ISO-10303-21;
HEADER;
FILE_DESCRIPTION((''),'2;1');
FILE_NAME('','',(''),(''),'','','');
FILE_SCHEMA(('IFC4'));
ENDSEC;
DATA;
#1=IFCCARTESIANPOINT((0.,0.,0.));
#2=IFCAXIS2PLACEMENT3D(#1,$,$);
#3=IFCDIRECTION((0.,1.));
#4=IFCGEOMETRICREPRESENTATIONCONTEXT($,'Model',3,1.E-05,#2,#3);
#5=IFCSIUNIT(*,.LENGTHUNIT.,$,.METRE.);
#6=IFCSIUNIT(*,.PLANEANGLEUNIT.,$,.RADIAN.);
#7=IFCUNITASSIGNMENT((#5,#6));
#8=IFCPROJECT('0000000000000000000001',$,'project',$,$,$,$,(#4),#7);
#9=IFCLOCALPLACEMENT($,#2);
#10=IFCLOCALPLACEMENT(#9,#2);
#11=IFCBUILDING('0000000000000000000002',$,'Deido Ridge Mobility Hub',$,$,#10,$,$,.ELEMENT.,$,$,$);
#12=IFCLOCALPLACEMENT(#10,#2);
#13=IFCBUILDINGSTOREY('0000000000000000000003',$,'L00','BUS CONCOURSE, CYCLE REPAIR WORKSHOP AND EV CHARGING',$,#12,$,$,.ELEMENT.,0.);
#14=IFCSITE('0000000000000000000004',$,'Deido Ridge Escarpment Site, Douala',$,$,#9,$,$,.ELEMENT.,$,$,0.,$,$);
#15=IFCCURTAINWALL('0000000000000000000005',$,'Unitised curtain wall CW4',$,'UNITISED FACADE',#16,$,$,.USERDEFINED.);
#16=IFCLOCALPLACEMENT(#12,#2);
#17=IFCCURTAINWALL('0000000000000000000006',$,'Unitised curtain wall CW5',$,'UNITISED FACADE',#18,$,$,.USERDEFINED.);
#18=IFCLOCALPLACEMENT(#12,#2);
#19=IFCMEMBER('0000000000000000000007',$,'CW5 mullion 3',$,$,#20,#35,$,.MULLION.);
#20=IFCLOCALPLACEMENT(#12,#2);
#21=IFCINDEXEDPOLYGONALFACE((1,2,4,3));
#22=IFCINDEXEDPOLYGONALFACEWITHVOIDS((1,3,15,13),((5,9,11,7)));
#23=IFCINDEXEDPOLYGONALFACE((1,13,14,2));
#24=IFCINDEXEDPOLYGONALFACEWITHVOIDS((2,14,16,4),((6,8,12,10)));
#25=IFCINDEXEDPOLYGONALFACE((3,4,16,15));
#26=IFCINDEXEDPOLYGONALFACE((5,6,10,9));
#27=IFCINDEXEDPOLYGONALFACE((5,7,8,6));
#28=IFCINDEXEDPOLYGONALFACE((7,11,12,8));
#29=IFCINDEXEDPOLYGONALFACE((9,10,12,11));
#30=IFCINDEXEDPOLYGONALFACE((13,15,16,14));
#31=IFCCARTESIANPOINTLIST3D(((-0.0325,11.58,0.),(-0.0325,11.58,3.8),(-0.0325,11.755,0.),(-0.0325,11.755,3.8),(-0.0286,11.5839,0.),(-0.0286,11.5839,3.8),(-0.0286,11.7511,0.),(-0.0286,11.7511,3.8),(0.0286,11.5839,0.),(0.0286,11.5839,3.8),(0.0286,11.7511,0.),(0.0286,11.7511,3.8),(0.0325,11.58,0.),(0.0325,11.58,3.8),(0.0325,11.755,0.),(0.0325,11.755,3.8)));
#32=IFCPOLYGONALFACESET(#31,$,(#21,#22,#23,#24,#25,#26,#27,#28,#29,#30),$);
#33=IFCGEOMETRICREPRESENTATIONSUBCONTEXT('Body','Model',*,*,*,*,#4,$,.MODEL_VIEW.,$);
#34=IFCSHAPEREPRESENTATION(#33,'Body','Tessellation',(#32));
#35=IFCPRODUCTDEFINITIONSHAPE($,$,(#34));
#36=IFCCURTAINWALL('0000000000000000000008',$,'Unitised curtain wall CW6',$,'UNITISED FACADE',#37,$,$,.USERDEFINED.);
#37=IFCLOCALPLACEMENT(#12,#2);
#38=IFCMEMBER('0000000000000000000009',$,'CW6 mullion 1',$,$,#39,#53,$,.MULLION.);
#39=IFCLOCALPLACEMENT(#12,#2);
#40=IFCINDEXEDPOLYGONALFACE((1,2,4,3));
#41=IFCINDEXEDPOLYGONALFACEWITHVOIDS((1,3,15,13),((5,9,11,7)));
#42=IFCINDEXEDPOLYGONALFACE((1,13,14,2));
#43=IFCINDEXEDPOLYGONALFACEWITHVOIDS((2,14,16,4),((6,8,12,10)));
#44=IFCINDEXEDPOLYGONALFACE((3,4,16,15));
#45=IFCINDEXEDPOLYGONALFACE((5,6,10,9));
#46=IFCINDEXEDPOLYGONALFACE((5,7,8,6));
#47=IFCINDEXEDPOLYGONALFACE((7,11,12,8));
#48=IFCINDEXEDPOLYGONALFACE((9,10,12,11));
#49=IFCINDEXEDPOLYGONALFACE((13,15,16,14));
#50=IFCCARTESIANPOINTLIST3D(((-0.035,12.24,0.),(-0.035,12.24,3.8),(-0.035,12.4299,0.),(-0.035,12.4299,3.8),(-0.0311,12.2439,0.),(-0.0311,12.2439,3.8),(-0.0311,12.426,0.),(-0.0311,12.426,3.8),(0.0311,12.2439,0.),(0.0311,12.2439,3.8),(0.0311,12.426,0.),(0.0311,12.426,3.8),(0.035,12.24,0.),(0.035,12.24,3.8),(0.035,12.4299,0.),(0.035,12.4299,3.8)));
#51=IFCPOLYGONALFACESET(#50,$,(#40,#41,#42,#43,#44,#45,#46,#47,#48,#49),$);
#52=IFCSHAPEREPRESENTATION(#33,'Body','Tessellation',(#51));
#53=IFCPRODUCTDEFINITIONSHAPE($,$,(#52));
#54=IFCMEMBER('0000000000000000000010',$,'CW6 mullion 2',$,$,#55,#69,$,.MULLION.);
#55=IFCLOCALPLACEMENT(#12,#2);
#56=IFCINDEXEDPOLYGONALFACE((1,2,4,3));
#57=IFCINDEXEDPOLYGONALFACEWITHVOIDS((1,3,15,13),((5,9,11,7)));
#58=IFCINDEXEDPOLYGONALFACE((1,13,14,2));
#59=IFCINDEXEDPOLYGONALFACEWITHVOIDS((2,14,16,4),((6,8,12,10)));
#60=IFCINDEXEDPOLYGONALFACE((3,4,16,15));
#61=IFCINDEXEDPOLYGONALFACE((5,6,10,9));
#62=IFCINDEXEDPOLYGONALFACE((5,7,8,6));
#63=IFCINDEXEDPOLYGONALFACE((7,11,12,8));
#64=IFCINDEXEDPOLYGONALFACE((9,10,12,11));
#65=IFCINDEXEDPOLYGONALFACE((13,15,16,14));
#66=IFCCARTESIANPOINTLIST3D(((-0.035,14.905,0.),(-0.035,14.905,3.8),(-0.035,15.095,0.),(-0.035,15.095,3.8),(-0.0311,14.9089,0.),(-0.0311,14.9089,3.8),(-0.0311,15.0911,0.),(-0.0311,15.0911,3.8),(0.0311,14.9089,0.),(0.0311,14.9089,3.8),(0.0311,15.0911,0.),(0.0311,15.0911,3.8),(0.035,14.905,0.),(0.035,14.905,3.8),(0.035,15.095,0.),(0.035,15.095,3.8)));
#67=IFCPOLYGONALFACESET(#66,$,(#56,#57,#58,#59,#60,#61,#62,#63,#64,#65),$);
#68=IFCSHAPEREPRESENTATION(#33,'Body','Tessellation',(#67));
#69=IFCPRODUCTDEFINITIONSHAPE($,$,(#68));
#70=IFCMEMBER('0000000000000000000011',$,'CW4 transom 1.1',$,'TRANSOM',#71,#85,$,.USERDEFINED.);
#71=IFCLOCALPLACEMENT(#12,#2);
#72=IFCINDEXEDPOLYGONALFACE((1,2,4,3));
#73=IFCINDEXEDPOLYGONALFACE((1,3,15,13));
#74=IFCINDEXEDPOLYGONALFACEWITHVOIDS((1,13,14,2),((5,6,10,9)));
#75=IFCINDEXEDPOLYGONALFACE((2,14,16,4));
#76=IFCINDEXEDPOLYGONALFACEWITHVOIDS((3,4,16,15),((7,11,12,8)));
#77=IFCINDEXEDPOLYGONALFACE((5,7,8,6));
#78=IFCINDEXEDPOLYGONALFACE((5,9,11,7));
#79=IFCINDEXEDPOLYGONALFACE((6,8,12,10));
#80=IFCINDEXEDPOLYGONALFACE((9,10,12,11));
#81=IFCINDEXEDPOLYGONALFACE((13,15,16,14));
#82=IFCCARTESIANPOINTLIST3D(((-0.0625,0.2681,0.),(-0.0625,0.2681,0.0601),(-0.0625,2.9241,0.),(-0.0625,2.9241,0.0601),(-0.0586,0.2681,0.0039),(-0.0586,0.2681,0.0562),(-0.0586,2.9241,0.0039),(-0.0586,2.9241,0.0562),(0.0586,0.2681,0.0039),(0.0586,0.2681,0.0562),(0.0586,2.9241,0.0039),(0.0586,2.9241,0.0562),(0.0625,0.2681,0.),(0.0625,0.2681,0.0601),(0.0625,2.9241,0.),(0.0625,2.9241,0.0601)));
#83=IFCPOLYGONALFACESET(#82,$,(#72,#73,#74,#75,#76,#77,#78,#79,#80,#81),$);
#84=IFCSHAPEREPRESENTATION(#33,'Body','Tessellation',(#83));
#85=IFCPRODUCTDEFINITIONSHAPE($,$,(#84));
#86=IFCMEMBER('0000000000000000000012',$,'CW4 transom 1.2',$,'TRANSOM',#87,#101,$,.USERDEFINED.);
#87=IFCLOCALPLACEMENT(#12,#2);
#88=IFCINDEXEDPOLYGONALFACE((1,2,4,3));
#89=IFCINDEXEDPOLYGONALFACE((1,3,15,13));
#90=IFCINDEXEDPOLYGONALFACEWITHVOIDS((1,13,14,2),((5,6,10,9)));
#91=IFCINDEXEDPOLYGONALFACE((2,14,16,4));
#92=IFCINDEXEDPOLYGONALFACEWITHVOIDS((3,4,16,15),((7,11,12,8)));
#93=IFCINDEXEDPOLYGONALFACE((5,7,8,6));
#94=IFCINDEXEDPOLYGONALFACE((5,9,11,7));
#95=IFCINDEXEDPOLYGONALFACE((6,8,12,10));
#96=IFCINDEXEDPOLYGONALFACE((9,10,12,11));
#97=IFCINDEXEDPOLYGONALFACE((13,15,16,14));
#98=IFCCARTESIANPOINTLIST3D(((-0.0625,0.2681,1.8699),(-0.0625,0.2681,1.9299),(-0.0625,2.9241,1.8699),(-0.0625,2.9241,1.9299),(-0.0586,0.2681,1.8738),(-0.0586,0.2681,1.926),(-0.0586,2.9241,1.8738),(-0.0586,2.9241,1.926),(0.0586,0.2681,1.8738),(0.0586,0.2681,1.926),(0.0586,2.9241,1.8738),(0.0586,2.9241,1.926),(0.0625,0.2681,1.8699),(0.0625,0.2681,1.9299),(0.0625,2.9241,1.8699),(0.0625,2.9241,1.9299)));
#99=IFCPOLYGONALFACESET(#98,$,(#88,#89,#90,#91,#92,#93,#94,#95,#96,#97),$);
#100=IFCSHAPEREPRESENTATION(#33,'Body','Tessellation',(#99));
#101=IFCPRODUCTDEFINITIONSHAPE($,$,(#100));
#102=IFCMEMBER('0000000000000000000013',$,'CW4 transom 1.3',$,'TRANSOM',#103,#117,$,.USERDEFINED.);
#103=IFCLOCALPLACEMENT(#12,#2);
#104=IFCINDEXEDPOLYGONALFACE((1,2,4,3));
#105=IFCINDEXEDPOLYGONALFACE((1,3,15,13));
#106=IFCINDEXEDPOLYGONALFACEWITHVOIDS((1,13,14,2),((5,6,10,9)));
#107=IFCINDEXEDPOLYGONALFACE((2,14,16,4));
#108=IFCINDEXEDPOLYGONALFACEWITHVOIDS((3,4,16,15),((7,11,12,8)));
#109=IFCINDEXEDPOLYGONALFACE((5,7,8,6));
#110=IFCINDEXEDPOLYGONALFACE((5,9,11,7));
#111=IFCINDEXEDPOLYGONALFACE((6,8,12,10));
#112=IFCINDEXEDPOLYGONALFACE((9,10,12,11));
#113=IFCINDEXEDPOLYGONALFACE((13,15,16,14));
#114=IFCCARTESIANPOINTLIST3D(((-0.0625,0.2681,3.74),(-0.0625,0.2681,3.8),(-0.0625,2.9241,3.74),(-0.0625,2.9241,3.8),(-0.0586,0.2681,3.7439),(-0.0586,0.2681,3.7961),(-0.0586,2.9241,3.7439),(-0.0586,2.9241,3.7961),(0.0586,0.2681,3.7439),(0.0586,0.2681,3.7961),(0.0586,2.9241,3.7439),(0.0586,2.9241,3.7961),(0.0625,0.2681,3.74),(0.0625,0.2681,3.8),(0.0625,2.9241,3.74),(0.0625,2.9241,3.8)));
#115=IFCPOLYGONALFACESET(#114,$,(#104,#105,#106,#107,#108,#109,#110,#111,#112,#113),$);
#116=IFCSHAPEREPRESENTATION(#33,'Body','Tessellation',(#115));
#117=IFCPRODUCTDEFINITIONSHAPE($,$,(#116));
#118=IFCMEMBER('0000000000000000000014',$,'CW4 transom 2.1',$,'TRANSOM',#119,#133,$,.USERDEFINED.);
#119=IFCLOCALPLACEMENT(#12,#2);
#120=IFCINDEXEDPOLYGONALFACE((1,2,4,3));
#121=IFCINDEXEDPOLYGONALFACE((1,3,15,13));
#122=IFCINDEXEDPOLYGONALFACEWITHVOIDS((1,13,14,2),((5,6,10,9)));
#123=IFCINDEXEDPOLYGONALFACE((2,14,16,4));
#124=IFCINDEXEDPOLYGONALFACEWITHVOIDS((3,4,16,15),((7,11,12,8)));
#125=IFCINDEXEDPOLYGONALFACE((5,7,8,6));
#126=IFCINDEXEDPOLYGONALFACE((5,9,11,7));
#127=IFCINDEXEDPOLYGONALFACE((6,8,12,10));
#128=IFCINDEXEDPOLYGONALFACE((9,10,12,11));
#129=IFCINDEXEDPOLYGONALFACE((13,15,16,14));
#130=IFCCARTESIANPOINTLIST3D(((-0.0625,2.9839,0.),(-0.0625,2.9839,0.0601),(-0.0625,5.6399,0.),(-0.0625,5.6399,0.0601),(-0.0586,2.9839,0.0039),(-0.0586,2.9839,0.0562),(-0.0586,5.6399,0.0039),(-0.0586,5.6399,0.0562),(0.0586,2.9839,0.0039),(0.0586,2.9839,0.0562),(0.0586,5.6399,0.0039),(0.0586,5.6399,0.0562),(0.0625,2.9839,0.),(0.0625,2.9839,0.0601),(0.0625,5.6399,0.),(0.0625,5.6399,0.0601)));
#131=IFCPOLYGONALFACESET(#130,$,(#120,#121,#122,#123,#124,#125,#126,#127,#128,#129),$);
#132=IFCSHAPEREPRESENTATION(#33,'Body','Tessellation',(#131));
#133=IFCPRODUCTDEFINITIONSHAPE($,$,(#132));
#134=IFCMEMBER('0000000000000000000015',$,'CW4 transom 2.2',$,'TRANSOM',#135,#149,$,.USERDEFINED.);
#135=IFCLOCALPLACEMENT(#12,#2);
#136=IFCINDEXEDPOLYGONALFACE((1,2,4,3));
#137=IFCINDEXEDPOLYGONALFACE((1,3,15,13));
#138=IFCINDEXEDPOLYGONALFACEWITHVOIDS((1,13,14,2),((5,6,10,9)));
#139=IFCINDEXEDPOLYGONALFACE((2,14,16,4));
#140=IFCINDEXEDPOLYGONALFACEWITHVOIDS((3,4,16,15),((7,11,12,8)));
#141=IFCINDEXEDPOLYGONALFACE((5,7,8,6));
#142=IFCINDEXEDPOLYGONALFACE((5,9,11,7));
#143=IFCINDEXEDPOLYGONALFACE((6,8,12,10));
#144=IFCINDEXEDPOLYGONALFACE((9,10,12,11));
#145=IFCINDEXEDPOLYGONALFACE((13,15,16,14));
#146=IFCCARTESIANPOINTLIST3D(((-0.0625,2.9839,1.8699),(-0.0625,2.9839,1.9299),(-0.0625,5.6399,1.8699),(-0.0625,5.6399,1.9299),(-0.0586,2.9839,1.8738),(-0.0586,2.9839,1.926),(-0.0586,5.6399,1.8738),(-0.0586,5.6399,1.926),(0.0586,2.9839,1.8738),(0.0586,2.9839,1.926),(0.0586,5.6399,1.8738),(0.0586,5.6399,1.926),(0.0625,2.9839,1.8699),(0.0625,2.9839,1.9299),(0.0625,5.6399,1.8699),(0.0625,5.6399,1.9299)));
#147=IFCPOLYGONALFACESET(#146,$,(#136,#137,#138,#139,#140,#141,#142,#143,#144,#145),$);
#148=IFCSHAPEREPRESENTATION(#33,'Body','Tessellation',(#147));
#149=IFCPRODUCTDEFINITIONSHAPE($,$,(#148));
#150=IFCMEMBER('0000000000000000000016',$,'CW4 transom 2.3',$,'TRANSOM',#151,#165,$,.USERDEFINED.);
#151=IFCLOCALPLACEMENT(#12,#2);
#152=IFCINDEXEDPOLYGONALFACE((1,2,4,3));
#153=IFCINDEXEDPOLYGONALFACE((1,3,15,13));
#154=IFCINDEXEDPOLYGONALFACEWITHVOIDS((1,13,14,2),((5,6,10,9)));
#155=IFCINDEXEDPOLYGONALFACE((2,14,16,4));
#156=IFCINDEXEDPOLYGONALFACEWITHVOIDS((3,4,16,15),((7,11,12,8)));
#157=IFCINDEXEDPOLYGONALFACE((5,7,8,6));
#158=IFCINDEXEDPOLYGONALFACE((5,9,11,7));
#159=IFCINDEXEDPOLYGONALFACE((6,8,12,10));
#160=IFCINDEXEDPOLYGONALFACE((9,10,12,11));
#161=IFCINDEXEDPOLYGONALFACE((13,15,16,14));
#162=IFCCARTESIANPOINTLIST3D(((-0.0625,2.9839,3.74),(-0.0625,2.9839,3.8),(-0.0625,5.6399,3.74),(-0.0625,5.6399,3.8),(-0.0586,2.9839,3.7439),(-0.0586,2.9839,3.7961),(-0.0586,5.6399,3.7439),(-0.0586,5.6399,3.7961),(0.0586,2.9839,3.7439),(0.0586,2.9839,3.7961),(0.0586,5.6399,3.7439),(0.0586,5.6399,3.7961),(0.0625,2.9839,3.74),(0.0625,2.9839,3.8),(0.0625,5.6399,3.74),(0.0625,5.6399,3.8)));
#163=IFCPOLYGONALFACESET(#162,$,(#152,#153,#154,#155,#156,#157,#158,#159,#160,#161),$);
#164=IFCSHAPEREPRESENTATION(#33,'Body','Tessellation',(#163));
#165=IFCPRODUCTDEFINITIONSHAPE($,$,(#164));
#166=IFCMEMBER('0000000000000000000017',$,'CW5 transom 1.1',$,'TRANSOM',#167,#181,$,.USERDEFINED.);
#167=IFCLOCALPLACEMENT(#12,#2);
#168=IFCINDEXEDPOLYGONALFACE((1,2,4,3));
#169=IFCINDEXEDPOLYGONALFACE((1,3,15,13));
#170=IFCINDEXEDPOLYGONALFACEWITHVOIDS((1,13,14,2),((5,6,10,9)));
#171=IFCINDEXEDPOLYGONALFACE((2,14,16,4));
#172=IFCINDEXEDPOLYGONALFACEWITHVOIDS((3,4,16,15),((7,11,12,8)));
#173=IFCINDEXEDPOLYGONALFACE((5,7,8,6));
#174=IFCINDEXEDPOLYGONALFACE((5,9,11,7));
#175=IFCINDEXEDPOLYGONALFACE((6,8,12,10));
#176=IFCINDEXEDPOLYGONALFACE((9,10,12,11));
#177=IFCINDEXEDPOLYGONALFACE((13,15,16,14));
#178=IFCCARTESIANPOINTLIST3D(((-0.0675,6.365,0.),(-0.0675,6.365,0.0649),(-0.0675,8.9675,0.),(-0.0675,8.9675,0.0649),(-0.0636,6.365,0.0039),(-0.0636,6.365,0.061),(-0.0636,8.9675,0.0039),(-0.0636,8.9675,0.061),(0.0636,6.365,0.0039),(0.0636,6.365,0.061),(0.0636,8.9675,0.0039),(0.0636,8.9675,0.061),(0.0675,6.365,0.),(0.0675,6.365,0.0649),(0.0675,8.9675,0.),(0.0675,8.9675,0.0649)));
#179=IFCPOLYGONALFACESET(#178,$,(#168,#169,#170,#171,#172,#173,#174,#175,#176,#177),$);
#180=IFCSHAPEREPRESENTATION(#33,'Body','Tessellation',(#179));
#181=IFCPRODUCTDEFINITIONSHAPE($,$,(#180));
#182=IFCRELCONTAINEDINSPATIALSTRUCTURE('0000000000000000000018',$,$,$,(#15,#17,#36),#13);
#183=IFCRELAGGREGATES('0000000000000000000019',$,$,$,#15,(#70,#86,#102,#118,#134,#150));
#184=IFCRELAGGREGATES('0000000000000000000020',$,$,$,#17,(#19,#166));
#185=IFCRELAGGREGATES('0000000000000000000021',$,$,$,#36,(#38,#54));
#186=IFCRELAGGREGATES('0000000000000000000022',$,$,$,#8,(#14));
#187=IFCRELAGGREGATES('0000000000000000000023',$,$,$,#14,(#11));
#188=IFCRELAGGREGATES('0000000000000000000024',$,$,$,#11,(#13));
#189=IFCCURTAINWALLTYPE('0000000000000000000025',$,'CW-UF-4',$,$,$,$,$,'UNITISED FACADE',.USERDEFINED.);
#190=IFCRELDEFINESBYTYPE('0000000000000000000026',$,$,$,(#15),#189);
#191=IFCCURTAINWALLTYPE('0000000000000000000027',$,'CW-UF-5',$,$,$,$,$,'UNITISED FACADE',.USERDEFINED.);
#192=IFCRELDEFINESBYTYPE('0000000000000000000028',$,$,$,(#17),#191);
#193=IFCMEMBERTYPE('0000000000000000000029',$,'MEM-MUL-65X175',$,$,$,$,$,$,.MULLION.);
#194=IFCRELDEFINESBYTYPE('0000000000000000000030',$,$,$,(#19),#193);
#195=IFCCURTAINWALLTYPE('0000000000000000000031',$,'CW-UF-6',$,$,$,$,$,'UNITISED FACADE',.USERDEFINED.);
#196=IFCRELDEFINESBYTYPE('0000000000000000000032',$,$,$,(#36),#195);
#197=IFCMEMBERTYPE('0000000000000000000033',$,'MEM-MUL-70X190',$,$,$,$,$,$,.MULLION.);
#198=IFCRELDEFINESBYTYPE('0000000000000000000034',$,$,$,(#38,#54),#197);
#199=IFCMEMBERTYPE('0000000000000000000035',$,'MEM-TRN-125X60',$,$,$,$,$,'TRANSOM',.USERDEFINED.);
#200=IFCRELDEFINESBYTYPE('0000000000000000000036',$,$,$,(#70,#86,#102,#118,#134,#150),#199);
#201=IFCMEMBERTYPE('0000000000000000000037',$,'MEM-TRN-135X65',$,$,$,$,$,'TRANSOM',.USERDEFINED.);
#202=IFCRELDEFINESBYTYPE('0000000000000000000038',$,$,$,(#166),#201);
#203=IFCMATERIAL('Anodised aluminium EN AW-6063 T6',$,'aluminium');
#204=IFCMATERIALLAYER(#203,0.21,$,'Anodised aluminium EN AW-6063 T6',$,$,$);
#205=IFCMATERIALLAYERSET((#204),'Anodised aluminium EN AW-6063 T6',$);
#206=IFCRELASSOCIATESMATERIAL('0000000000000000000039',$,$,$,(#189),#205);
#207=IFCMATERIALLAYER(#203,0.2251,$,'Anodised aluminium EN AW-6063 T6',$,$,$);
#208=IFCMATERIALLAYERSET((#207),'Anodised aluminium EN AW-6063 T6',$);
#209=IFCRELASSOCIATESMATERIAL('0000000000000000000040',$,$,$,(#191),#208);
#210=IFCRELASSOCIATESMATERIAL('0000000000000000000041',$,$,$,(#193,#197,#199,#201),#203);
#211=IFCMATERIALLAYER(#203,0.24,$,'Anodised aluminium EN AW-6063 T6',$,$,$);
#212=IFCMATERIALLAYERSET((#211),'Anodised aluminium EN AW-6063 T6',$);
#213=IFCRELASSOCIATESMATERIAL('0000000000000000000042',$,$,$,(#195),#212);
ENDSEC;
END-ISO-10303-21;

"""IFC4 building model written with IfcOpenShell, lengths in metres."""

from ifc_helpers import new_model, si_unit, direction, frame, origin, origin_2d, place, context, subcontext, project, spatial, hollow_rectangle, extrude, material, layer, layer_set, material_profile, profile_set, type_object, element, aggregate, save


model = new_model("IFC4")

# Units and contexts
model_context = context("Model", 3, precision=1e-05, world=origin(), true_north=direction((0.0, 1.0)))
body_context = subcontext(model_context, "Body", "Model", "MODEL_VIEW")
ifc_project = project(units=[si_unit("LENGTHUNIT", "METRE"), si_unit("PLANEANGLEUNIT", "RADIAN")], contexts=[model_context])

# Site, building, storey
site_placement = place(None, origin())
site = spatial("IfcSite", under=ifc_project, at=site_placement, Name="Deido Ridge Escarpment Site, Douala", CompositionType="ELEMENT", RefElevation=0.0)
building_placement = place(site_placement, origin())
building = spatial("IfcBuilding", under=site, at=building_placement, Name="Deido Ridge Mobility Hub", CompositionType="ELEMENT")
storey_placement = place(building_placement, origin())
storey = spatial("IfcBuildingStorey", under=building, at=storey_placement, Name="L00", Description="BUS CONCOURSE, CYCLE REPAIR WORKSHOP AND EV CHARGING", CompositionType="ELEMENT", Elevation=0.0)

# Curtain walls, members
ifc_material_1 = material(Name="Anodised aluminium EN AW-6063 T6", Category="aluminium")
ifc_layer_1 = layer(ifc_material_1, 0.21, Name="Anodised aluminium EN AW-6063 T6")
ifc_layer_set_1 = layer_set([ifc_layer_1], Name="Anodised aluminium EN AW-6063 T6")
curtain_wall_type_1 = type_object("IfcCurtainWallType", Name="CW-UF-4", ElementType="UNITISED FACADE", PredefinedType="USERDEFINED", material=ifc_layer_set_1)
curtain_wall_1_placement = place(storey_placement, origin())
curtain_wall_1 = element("IfcCurtainWall", 1, at=curtain_wall_1_placement, inside=storey, type_object=curtain_wall_type_1, Name="Unitised curtain wall CW4", ObjectType="UNITISED FACADE", PredefinedType="USERDEFINED")
ifc_layer_2 = layer(ifc_material_1, 0.2251, Name="Anodised aluminium EN AW-6063 T6")
ifc_layer_set_2 = layer_set([ifc_layer_2], Name="Anodised aluminium EN AW-6063 T6")
curtain_wall_type_2 = type_object("IfcCurtainWallType", Name="CW-UF-5", ElementType="UNITISED FACADE", PredefinedType="USERDEFINED", material=ifc_layer_set_2)
curtain_wall_2_placement = place(storey_placement, origin())
curtain_wall_2 = element("IfcCurtainWall", 2, at=curtain_wall_2_placement, inside=storey, type_object=curtain_wall_type_2, Name="Unitised curtain wall CW5", ObjectType="UNITISED FACADE", PredefinedType="USERDEFINED")
ifc_material_profile_1 = material_profile(ifc_material_1, hollow_rectangle(XDim=0.0649, YDim=0.175, WallThickness=0.0039, at=origin_2d()), Name="RHS 65x175x4")
ifc_profile_set_1 = profile_set([ifc_material_profile_1], Name="Anodised aluminium EN AW-6063 T6")
member_type_1 = type_object("IfcMemberType", Name="MEM-MUL-65X175", PredefinedType="MULLION", material=ifc_profile_set_1)
member_1_placement = place(storey_placement, frame((0.0, 11.6675, 0.0), z_axis=(0.0, 0.0, 1.0), x_axis=(-1.0, 0.0, 0.0)))
member_1 = element("IfcMember", 3, at=member_1_placement, type_object=member_type_1, Name="CW5 mullion 3", PredefinedType="MULLION", context=body_context, shape_type="SweptSolid", body=[
    extrude(hollow_rectangle(XDim=0.0649, YDim=0.175, WallThickness=0.0039, at=origin_2d()), origin(), (0.0, 0.0, 1.0), 3.8),
])
ifc_layer_3 = layer(ifc_material_1, 0.24, Name="Anodised aluminium EN AW-6063 T6")
ifc_layer_set_3 = layer_set([ifc_layer_3], Name="Anodised aluminium EN AW-6063 T6")
curtain_wall_type_3 = type_object("IfcCurtainWallType", Name="CW-UF-6", ElementType="UNITISED FACADE", PredefinedType="USERDEFINED", material=ifc_layer_set_3)
curtain_wall_3_placement = place(storey_placement, origin())
curtain_wall_3 = element("IfcCurtainWall", 4, at=curtain_wall_3_placement, inside=storey, type_object=curtain_wall_type_3, Name="Unitised curtain wall CW6", ObjectType="UNITISED FACADE", PredefinedType="USERDEFINED")
ifc_material_profile_2 = material_profile(ifc_material_1, hollow_rectangle(XDim=0.0701, YDim=0.1899, WallThickness=0.0039, at=origin_2d()), Name="RHS 70x190x4")
ifc_profile_set_2 = profile_set([ifc_material_profile_2], Name="Anodised aluminium EN AW-6063 T6")
member_type_2 = type_object("IfcMemberType", Name="MEM-MUL-70X190", PredefinedType="MULLION", material=ifc_profile_set_2)
member_2_placement = place(storey_placement, frame((0.0, 12.335, 0.0), z_axis=(0.0, 0.0, 1.0), x_axis=(-1.0, 0.0, 0.0)))
member_2 = element("IfcMember", 5, at=member_2_placement, type_object=member_type_2, Name="CW6 mullion 1", PredefinedType="MULLION", context=body_context, shape_type="SweptSolid", body=[
    extrude(hollow_rectangle(XDim=0.0701, YDim=0.1899, WallThickness=0.0039, at=origin_2d()), origin(), (0.0, 0.0, 1.0), 3.8),
])
member_3_placement = place(storey_placement, frame((0.0, 15.0, 0.0), z_axis=(0.0, 0.0, 1.0), x_axis=(-1.0, 0.0, 0.0)))
member_3 = element("IfcMember", 6, at=member_3_placement, type_object=member_type_2, Name="CW6 mullion 2", PredefinedType="MULLION", context=body_context, shape_type="SweptSolid", body=[
    extrude(hollow_rectangle(XDim=0.0701, YDim=0.1899, WallThickness=0.0039, at=origin_2d()), origin(), (0.0, 0.0, 1.0), 3.8),
])

# Members
ifc_material_profile_3 = material_profile(ifc_material_1, hollow_rectangle(XDim=0.125, YDim=0.0601, WallThickness=0.0039, at=origin_2d()), Name="RHS 125x60x4")
ifc_profile_set_3 = profile_set([ifc_material_profile_3], Name="Anodised aluminium EN AW-6063 T6")
member_type_3 = type_object("IfcMemberType", Name="MEM-TRN-125X60", ElementType="TRANSOM", PredefinedType="USERDEFINED", material=ifc_profile_set_3)
member_4_placement = place(storey_placement, frame((0.0, 0.2681, 0.03), z_axis=(0.0, 1.0, 0.0), x_axis=(-1.0, 0.0, 0.0)))
member_4 = element("IfcMember", 7, at=member_4_placement, type_object=member_type_3, Name="CW4 transom 1.1", ObjectType="TRANSOM", PredefinedType="USERDEFINED", context=body_context, shape_type="SweptSolid", body=[
    extrude(hollow_rectangle(XDim=0.125, YDim=0.0601, WallThickness=0.0039, at=origin_2d()), origin(), (0.0, 0.0, 1.0), 2.656),
])
member_5_placement = place(storey_placement, frame((0.0, 0.2681, 1.8999), z_axis=(0.0, 1.0, 0.0), x_axis=(-1.0, 0.0, 0.0)))
member_5 = element("IfcMember", 8, at=member_5_placement, type_object=member_type_3, Name="CW4 transom 1.2", ObjectType="TRANSOM", PredefinedType="USERDEFINED", context=body_context, shape_type="SweptSolid", body=[
    extrude(hollow_rectangle(XDim=0.125, YDim=0.0601, WallThickness=0.0039, at=origin_2d()), origin(), (0.0, 0.0, 1.0), 2.656),
])
member_6_placement = place(storey_placement, frame((0.0, 0.2681, 3.77), z_axis=(0.0, 1.0, 0.0), x_axis=(-1.0, 0.0, 0.0)))
member_6 = element("IfcMember", 9, at=member_6_placement, type_object=member_type_3, Name="CW4 transom 1.3", ObjectType="TRANSOM", PredefinedType="USERDEFINED", context=body_context, shape_type="SweptSolid", body=[
    extrude(hollow_rectangle(XDim=0.125, YDim=0.0601, WallThickness=0.0039, at=origin_2d()), origin(), (0.0, 0.0, 1.0), 2.656),
])
member_7_placement = place(storey_placement, frame((0.0, 2.9839, 0.03), z_axis=(0.0, 1.0, 0.0), x_axis=(-1.0, 0.0, 0.0)))
member_7 = element("IfcMember", 10, at=member_7_placement, type_object=member_type_3, Name="CW4 transom 2.1", ObjectType="TRANSOM", PredefinedType="USERDEFINED", context=body_context, shape_type="SweptSolid", body=[
    extrude(hollow_rectangle(XDim=0.125, YDim=0.0601, WallThickness=0.0039, at=origin_2d()), origin(), (0.0, 0.0, 1.0), 2.656),
])
member_8_placement = place(storey_placement, frame((0.0, 2.9839, 1.8999), z_axis=(0.0, 1.0, 0.0), x_axis=(-1.0, 0.0, 0.0)))
member_8 = element("IfcMember", 11, at=member_8_placement, type_object=member_type_3, Name="CW4 transom 2.2", ObjectType="TRANSOM", PredefinedType="USERDEFINED", context=body_context, shape_type="SweptSolid", body=[
    extrude(hollow_rectangle(XDim=0.125, YDim=0.0601, WallThickness=0.0039, at=origin_2d()), origin(), (0.0, 0.0, 1.0), 2.656),
])
member_9_placement = place(storey_placement, frame((0.0, 2.9839, 3.77), z_axis=(0.0, 1.0, 0.0), x_axis=(-1.0, 0.0, 0.0)))
member_9 = element("IfcMember", 12, at=member_9_placement, type_object=member_type_3, Name="CW4 transom 2.3", ObjectType="TRANSOM", PredefinedType="USERDEFINED", context=body_context, shape_type="SweptSolid", body=[
    extrude(hollow_rectangle(XDim=0.125, YDim=0.0601, WallThickness=0.0039, at=origin_2d()), origin(), (0.0, 0.0, 1.0), 2.656),
])
ifc_material_profile_4 = material_profile(ifc_material_1, hollow_rectangle(XDim=0.135, YDim=0.0649, WallThickness=0.0039, at=origin_2d()), Name="RHS 135x65x4")
ifc_profile_set_4 = profile_set([ifc_material_profile_4], Name="Anodised aluminium EN AW-6063 T6")
member_type_4 = type_object("IfcMemberType", Name="MEM-TRN-135X65", ElementType="TRANSOM", PredefinedType="USERDEFINED", material=ifc_profile_set_4)
member_10_placement = place(storey_placement, frame((0.0, 6.365, 0.0325), z_axis=(0.0, 1.0, 0.0), x_axis=(-1.0, 0.0, 0.0)))
member_10 = element("IfcMember", 13, at=member_10_placement, type_object=member_type_4, Name="CW5 transom 1.1", ObjectType="TRANSOM", PredefinedType="USERDEFINED", context=body_context, shape_type="SweptSolid", body=[
    extrude(hollow_rectangle(XDim=0.135, YDim=0.0649, WallThickness=0.0039, at=origin_2d()), origin(), (0.0, 0.0, 1.0), 2.6025),
])

aggregate(curtain_wall_1, [member_4, member_5, member_6, member_7, member_8, member_9])
aggregate(curtain_wall_2, [member_1, member_10])
aggregate(curtain_wall_3, [member_2, member_3])

save(model, "model.ifc")
